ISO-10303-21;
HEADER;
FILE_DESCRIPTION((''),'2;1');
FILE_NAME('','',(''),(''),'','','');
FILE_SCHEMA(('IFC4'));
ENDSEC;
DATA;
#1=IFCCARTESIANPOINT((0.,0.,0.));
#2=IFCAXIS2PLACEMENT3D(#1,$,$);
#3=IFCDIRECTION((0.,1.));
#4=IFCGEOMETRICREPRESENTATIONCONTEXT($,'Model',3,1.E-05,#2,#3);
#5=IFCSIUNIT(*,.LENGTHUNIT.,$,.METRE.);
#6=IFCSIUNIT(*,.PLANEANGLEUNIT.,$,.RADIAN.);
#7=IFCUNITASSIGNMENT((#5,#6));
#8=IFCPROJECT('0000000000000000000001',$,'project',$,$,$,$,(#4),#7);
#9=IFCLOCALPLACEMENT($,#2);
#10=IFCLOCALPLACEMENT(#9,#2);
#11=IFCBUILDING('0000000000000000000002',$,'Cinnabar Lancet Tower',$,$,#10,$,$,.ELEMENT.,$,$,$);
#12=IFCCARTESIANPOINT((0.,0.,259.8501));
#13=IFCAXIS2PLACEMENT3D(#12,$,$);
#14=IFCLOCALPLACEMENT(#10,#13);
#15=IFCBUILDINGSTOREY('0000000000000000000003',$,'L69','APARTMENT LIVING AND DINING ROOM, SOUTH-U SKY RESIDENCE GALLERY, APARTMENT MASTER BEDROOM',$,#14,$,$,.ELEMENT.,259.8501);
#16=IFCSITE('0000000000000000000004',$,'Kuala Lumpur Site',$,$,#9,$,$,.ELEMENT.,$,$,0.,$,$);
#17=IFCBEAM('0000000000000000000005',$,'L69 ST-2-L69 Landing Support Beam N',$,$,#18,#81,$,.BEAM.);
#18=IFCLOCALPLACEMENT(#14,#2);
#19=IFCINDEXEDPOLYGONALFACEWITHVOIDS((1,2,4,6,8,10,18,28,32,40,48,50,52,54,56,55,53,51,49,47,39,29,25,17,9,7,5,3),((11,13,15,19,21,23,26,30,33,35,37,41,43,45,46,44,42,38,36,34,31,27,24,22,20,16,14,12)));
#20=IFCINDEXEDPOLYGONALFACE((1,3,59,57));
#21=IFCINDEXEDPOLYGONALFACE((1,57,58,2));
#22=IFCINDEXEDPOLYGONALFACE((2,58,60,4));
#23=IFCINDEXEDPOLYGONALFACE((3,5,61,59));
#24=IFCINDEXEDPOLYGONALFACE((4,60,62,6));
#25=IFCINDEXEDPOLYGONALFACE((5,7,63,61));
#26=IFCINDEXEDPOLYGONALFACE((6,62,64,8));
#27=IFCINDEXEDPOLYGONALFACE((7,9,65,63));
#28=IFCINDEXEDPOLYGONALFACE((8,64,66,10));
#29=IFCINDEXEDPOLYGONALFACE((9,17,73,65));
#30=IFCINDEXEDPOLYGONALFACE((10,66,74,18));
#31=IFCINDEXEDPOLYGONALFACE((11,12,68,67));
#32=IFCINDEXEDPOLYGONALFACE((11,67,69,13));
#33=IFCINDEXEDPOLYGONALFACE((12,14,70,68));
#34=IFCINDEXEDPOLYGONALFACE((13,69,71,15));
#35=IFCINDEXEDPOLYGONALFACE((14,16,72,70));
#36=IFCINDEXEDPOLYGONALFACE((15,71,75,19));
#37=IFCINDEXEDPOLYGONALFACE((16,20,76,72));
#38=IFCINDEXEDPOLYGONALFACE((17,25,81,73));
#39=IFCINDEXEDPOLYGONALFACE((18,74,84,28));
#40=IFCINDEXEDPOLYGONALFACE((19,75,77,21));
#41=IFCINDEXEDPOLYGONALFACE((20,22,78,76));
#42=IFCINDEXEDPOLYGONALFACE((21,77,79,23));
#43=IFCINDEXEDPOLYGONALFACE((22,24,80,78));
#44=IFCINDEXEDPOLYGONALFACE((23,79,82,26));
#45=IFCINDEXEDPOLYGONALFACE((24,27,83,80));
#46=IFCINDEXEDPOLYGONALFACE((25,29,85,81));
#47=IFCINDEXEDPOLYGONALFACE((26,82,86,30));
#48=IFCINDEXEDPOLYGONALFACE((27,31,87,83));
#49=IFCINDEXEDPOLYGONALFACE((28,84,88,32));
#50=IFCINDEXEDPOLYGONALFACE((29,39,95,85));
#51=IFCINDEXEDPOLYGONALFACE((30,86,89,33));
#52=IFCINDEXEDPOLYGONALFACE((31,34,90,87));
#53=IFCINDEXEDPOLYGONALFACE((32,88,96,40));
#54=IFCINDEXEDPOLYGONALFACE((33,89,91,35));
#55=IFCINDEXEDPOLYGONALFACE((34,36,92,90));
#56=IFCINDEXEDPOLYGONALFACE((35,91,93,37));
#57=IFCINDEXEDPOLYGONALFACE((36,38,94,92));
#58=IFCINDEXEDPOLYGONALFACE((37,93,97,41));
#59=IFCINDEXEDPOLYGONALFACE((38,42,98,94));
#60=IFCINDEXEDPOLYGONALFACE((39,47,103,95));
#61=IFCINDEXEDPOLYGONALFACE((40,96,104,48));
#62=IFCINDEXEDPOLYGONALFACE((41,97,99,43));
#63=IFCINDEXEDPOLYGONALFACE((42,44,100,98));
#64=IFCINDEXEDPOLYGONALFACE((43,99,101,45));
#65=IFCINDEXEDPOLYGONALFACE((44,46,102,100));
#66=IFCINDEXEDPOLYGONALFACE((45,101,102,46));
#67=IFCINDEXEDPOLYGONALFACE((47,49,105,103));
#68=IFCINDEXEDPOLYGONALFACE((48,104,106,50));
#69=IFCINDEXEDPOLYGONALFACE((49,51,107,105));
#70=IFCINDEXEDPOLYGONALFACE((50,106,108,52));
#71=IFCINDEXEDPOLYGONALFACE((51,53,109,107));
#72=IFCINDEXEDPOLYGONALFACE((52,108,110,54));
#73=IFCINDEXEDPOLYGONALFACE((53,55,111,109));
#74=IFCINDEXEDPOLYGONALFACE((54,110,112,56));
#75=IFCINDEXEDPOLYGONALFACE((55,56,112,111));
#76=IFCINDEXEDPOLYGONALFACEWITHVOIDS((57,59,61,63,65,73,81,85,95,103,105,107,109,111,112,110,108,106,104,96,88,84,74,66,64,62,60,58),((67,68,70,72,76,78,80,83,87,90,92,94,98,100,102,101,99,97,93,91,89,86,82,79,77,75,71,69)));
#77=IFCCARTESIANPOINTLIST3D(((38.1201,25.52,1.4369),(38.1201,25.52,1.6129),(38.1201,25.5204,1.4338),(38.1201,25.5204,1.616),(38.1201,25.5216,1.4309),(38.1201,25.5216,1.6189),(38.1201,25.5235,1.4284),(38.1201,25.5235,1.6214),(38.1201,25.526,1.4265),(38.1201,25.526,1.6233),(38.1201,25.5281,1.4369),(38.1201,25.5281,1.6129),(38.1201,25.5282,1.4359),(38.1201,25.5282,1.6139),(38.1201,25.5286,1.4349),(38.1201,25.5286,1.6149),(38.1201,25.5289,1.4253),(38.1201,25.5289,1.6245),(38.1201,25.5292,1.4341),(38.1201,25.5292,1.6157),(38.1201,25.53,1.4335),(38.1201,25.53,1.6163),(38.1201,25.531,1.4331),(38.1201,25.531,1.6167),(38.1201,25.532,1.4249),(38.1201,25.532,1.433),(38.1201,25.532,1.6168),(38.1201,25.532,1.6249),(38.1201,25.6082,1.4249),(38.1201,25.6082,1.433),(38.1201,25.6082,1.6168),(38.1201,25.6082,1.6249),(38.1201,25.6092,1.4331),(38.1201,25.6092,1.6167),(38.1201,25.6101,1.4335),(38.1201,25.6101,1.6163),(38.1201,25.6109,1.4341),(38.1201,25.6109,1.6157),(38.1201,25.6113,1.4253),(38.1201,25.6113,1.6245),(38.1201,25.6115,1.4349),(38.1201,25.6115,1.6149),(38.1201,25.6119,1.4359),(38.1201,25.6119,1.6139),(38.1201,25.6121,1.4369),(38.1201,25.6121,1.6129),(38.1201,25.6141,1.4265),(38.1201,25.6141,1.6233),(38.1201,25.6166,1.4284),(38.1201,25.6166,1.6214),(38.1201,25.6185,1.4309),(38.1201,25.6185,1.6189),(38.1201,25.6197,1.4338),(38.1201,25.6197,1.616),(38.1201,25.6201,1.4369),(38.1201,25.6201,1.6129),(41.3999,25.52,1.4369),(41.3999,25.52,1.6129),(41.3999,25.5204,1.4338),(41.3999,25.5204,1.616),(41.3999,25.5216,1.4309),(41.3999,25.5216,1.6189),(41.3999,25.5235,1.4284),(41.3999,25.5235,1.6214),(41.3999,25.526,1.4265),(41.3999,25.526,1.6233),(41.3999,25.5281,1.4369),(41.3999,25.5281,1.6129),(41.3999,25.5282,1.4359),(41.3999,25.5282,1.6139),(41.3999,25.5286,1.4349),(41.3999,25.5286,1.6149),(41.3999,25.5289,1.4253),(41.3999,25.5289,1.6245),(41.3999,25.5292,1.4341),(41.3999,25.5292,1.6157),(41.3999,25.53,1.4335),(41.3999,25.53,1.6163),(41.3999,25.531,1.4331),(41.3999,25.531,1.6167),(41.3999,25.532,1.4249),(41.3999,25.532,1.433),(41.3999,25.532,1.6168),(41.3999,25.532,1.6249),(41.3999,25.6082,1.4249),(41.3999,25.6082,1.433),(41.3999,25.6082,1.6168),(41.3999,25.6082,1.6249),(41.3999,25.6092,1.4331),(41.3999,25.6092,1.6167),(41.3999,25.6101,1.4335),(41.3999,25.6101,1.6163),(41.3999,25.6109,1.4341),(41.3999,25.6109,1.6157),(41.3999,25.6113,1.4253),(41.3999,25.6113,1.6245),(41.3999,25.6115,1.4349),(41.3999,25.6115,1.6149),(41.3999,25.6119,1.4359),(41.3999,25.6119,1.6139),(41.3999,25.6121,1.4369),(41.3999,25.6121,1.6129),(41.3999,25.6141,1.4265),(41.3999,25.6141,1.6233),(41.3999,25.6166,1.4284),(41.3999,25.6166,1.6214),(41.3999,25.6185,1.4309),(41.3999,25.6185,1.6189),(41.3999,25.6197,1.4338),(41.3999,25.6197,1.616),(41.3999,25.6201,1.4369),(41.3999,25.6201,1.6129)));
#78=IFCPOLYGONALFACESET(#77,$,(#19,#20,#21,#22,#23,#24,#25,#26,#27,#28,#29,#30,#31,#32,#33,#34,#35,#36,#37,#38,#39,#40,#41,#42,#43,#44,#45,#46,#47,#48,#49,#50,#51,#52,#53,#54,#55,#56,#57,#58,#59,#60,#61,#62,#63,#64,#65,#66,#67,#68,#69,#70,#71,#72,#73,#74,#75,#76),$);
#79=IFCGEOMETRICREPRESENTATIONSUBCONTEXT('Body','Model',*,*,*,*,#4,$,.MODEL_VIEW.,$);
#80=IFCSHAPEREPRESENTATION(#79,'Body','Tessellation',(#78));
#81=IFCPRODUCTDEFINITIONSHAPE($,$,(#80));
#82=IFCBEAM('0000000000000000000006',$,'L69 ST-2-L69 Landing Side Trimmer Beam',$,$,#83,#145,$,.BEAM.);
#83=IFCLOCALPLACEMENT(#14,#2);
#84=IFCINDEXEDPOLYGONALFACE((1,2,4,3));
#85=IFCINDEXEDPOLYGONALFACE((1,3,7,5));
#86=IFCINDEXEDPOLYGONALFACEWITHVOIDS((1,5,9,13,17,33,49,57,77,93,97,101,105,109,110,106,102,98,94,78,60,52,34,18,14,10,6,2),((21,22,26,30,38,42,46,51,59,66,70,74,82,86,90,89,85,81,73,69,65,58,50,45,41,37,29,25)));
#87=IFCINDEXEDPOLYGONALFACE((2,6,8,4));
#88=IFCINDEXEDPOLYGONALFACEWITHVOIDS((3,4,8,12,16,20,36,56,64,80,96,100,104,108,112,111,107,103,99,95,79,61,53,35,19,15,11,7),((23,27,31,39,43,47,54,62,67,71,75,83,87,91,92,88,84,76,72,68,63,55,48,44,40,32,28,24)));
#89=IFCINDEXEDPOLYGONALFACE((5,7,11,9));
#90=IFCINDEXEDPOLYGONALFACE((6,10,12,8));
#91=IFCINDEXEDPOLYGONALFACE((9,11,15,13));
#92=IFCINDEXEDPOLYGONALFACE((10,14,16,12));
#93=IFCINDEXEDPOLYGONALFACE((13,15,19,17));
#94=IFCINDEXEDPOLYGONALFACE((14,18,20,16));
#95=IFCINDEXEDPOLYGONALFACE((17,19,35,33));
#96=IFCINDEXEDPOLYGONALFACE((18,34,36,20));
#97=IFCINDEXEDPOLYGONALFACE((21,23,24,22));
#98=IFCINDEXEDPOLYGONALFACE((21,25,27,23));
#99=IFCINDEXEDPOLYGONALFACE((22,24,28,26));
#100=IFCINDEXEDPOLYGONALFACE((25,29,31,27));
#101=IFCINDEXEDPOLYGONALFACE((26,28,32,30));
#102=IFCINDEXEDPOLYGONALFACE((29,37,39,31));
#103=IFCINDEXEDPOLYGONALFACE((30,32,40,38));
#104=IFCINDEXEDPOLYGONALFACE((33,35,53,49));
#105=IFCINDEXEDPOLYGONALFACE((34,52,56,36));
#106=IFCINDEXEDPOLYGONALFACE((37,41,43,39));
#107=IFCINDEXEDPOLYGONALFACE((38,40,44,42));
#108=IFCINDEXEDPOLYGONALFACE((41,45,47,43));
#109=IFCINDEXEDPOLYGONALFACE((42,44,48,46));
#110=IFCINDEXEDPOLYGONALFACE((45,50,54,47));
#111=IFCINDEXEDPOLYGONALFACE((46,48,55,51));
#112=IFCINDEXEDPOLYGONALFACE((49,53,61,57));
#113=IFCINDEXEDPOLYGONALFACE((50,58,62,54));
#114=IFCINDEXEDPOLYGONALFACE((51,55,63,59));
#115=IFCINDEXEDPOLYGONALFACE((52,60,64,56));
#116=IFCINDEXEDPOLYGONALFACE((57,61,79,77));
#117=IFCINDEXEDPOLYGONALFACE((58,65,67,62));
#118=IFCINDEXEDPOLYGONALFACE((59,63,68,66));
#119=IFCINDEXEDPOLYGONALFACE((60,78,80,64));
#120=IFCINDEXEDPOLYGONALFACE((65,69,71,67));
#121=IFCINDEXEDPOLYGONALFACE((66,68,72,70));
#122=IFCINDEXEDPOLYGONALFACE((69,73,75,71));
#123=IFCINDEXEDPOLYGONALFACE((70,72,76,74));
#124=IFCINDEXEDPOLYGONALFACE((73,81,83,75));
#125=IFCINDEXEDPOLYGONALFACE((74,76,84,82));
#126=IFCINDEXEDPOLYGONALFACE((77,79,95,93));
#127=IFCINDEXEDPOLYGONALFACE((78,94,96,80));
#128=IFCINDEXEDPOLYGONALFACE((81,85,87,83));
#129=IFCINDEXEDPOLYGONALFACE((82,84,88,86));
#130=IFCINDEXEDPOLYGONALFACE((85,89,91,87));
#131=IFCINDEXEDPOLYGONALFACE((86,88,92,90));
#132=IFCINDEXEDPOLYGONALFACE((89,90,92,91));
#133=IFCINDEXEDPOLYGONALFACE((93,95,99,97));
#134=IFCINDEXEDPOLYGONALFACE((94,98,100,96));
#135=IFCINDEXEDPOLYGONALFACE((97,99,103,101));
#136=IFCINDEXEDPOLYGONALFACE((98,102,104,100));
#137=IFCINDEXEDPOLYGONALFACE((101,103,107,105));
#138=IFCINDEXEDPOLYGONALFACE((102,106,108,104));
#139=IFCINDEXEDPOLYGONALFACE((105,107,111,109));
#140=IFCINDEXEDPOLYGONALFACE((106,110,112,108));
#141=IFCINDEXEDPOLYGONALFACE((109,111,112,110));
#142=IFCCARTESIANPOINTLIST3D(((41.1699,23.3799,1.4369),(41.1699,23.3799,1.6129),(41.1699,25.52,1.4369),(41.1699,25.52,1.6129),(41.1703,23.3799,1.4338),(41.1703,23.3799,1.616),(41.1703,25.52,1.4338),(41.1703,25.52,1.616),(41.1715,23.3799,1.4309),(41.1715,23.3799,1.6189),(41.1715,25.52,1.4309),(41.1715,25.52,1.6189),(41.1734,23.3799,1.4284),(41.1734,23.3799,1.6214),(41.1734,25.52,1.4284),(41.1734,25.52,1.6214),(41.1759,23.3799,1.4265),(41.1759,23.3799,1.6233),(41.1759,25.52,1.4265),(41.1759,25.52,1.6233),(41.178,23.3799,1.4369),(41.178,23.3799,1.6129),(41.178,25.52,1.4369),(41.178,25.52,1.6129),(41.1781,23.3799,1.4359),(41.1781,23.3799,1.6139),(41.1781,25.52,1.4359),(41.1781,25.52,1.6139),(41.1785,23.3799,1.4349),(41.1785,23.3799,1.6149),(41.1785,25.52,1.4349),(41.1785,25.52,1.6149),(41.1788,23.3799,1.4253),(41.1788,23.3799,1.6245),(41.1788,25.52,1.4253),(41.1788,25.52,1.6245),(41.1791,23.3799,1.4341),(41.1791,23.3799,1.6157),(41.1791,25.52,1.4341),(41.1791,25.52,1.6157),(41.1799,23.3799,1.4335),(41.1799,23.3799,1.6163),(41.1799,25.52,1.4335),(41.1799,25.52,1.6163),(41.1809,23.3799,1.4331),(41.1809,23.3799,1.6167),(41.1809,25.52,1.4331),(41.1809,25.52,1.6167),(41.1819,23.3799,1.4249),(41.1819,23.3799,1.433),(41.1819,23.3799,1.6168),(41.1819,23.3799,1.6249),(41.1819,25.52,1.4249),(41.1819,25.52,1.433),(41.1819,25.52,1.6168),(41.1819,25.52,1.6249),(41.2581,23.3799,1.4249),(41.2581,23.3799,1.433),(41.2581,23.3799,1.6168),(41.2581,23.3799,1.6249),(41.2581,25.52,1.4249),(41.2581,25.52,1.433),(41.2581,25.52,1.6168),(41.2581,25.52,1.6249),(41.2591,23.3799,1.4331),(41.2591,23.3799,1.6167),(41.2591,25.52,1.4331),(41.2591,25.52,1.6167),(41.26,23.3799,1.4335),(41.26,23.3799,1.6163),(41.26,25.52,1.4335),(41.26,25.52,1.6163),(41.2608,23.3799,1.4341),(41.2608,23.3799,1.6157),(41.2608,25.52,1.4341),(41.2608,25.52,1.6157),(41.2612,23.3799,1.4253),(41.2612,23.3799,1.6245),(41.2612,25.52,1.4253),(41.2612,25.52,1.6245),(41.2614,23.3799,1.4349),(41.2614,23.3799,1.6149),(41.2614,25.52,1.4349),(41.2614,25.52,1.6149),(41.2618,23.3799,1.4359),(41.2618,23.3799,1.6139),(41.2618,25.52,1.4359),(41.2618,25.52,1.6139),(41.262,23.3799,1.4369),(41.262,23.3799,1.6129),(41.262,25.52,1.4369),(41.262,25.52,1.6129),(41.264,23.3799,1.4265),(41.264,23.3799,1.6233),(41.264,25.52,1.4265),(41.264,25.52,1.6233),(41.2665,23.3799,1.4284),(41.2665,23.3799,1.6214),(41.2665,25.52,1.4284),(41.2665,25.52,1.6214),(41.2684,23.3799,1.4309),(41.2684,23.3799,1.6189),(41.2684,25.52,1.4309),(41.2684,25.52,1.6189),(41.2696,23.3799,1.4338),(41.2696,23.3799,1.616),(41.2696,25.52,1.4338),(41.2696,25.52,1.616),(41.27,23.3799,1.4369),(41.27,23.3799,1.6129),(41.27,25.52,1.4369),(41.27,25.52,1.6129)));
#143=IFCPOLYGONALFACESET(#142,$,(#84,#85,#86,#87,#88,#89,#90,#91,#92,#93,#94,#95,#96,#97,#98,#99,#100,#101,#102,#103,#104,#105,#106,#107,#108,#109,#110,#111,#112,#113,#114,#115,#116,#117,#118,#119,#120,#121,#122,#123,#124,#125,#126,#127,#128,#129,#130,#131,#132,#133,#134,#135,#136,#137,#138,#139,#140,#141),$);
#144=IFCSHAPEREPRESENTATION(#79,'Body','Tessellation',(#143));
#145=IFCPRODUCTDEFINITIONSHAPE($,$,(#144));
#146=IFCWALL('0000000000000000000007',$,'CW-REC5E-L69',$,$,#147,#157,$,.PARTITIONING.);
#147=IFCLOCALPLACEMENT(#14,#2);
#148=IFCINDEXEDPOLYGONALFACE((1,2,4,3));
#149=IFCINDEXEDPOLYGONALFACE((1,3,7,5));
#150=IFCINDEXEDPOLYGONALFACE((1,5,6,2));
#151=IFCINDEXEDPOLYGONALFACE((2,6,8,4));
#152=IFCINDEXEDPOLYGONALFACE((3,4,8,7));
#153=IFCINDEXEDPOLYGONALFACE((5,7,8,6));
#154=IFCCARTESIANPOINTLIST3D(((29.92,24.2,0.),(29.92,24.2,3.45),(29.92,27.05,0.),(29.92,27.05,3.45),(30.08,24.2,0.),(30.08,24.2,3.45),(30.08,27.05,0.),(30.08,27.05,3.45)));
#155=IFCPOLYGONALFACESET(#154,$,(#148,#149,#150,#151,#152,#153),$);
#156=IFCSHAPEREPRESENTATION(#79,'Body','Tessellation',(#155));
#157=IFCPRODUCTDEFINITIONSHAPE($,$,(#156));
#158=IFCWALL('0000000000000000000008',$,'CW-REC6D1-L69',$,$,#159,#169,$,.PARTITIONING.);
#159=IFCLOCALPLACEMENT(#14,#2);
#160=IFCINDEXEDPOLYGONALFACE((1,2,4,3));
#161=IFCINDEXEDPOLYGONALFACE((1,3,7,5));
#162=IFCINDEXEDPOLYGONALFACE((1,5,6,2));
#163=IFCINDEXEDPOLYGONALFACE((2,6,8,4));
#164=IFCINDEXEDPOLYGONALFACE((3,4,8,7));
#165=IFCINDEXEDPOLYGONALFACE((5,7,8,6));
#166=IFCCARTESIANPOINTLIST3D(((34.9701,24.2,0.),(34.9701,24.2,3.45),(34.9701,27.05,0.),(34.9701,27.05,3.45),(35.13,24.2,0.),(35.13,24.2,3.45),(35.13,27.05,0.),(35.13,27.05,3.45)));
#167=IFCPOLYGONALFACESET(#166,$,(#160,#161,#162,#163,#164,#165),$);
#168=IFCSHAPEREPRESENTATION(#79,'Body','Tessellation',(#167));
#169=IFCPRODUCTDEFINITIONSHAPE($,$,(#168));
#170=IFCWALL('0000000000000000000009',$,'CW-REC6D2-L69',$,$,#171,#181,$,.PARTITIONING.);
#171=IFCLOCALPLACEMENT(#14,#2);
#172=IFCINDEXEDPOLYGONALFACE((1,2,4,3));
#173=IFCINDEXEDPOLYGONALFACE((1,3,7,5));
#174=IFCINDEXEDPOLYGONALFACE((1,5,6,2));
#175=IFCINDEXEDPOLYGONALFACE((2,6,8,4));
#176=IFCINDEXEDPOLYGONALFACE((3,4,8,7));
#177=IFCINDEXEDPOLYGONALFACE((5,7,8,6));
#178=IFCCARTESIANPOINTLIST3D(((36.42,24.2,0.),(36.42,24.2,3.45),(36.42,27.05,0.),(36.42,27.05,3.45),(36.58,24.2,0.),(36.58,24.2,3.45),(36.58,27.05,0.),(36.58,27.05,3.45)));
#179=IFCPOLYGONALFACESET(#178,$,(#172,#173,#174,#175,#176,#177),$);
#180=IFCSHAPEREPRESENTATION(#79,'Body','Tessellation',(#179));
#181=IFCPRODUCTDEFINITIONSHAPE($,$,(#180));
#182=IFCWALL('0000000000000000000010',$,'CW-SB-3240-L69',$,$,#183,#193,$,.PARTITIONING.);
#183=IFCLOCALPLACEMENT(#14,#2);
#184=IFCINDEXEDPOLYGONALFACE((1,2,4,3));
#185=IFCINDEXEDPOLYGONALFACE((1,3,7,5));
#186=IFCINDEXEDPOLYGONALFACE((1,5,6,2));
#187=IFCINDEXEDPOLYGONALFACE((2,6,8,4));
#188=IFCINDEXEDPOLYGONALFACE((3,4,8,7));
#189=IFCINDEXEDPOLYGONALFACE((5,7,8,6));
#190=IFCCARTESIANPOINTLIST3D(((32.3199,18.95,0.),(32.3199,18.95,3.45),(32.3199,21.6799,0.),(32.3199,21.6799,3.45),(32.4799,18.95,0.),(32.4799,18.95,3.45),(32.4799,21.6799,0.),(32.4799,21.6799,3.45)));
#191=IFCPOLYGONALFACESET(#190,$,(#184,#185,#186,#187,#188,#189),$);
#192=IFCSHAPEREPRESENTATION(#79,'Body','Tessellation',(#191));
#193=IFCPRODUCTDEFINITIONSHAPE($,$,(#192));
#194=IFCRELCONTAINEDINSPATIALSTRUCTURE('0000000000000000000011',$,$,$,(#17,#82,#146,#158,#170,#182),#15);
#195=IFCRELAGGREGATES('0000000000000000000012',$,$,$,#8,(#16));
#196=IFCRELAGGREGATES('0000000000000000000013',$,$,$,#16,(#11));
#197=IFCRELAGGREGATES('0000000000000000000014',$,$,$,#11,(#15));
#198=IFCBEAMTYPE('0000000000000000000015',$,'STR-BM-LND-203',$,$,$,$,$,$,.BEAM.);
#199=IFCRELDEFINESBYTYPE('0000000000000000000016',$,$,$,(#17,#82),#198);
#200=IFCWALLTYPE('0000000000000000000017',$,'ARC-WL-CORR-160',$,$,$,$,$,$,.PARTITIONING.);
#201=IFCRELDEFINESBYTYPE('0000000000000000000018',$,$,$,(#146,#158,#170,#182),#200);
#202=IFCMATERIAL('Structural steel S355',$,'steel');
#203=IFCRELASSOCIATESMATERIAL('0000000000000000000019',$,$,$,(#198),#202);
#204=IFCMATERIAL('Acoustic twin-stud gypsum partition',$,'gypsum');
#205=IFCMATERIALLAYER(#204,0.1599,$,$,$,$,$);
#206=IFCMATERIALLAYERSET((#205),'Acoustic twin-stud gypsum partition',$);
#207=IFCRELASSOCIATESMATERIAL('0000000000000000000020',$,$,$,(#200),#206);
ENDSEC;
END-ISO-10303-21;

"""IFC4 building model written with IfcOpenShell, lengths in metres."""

from ifc_helpers import new_model, si_unit, direction, frame, frame_2d, origin, origin_2d, place, context, subcontext, project, spatial, rectangle, hollow_rectangle, extrude, material, layer, layer_set, material_profile, profile_set, type_object, element, save


model = new_model("IFC4")

# Units and contexts
model_context = context("Model", 3, precision=1e-05, world=origin(), true_north=direction((0.0, 1.0)))
body_context = subcontext(model_context, "Body", "Model", "MODEL_VIEW")
ifc_project = project(units=[si_unit("LENGTHUNIT", "METRE"), si_unit("PLANEANGLEUNIT", "RADIAN")], contexts=[model_context])

# Site, building, storey
site_placement = place(None, origin())
site = spatial("IfcSite", under=ifc_project, at=site_placement, Name="Kuala Lumpur Site", CompositionType="ELEMENT", RefElevation=0.0)
building_placement = place(site_placement, origin())
building = spatial("IfcBuilding", under=site, at=building_placement, Name="Cinnabar Lancet Tower", CompositionType="ELEMENT")
storey_placement = place(building_placement, frame((0.0, 0.0, 259.8501)))
storey = spatial("IfcBuildingStorey", under=building, at=storey_placement, Name="L69", Description="APARTMENT LIVING AND DINING ROOM, SOUTH-U SKY RESIDENCE GALLERY, APARTMENT MASTER BEDROOM", CompositionType="ELEMENT", Elevation=259.8501)

# Beams
ifc_material_1 = material(Name="Structural steel S355", Category="steel")
ifc_material_profile_1 = material_profile(ifc_material_1, hollow_rectangle(XDim=0.1001, YDim=0.2, WallThickness=0.0081, InnerFilletRadius=0.0039, OuterFilletRadius=0.012, at=origin_2d()), Name="RHS 200x100x8")
ifc_profile_set_1 = profile_set([ifc_material_profile_1], Name="Structural steel S355")
beam_type_1 = type_object("IfcBeamType", Name="STR-BM-LND-203", PredefinedType="BEAM", material=ifc_profile_set_1)
for number, where, z_axis, x_axis, name in (
    (1, (38.1201, 25.5701, 1.5249), (1.0, 0.0, 0.0), (0.0, 1.0, 0.0), "L69 ST-2-L69 Landing Support Beam N"),
):
    element("IfcBeam", number, at=place(storey_placement, frame(where, z_axis=z_axis, x_axis=x_axis)), inside=storey, type_object=beam_type_1, Name=name, PredefinedType="BEAM", context=body_context, shape_type="SweptSolid", body=[
        extrude(hollow_rectangle(XDim=0.1001, YDim=0.2, WallThickness=0.0081, InnerFilletRadius=0.0039, OuterFilletRadius=0.012, at=origin_2d()), origin(), (0.0, 0.0, 1.0), 3.2798),
    ])
beam_1_placement = place(storey_placement, frame((41.22, 23.3799, 1.5249), z_axis=(0.0, 1.0, 0.0), x_axis=(-1.0, 0.0, 0.0)))
element("IfcBeam", 2, at=beam_1_placement, inside=storey, type_object=beam_type_1, Name="L69 ST-2-L69 Landing Side Trimmer Beam", PredefinedType="BEAM", context=body_context, shape_type="SweptSolid", body=[
    extrude(hollow_rectangle(XDim=0.1001, YDim=0.2, WallThickness=0.0081, InnerFilletRadius=0.0039, OuterFilletRadius=0.012, at=origin_2d()), origin(), (0.0, 0.0, 1.0), 2.1401),
])

# Walls
ifc_material_2 = material(Name="Acoustic twin-stud gypsum partition", Category="gypsum")
ifc_layer_1 = layer(ifc_material_2, 0.1599)
ifc_layer_set_1 = layer_set([ifc_layer_1], Name="Acoustic twin-stud gypsum partition")
wall_type_1 = type_object("IfcWallType", Name="ARC-WL-CORR-160", PredefinedType="PARTITIONING", material=ifc_layer_set_1)
for number, where, z_axis, x_axis, name in (
    (3, (30.0, 24.2, 0.0), (0.0, 0.0, 1.0), (0.0, 1.0, 0.0), "CW-REC5E-L69"),
    (4, (35.05, 24.2, 0.0), (0.0, 0.0, 1.0), (0.0, 1.0, 0.0), "CW-REC6D1-L69"),
    (5, (36.5, 24.2, 0.0), (0.0, 0.0, 1.0), (0.0, 1.0, 0.0), "CW-REC6D2-L69"),
):
    element("IfcWall", number, at=place(storey_placement, frame(where, z_axis=z_axis, x_axis=x_axis)), inside=storey, type_object=wall_type_1, Name=name, PredefinedType="PARTITIONING", context=body_context, shape_type="SweptSolid", body=[
        extrude(rectangle(XDim=2.8501, YDim=0.1599, at=frame_2d((1.425, 0.0))), origin(), (0.0, 0.0, 1.0), 3.45),
    ])
wall_1_placement = place(storey_placement, frame((32.3999, 18.95, 0.0), z_axis=(0.0, 0.0, 1.0), x_axis=(0.0, 1.0, 0.0)))
element("IfcWall", 6, at=wall_1_placement, inside=storey, type_object=wall_type_1, Name="CW-SB-3240-L69", PredefinedType="PARTITIONING", context=body_context, shape_type="SweptSolid", body=[
    extrude(rectangle(XDim=2.73, YDim=0.1599, at=frame_2d((1.365, 0.0))), origin(), (0.0, 0.0, 1.0), 3.45),
])

save(model, "model.ifc")
